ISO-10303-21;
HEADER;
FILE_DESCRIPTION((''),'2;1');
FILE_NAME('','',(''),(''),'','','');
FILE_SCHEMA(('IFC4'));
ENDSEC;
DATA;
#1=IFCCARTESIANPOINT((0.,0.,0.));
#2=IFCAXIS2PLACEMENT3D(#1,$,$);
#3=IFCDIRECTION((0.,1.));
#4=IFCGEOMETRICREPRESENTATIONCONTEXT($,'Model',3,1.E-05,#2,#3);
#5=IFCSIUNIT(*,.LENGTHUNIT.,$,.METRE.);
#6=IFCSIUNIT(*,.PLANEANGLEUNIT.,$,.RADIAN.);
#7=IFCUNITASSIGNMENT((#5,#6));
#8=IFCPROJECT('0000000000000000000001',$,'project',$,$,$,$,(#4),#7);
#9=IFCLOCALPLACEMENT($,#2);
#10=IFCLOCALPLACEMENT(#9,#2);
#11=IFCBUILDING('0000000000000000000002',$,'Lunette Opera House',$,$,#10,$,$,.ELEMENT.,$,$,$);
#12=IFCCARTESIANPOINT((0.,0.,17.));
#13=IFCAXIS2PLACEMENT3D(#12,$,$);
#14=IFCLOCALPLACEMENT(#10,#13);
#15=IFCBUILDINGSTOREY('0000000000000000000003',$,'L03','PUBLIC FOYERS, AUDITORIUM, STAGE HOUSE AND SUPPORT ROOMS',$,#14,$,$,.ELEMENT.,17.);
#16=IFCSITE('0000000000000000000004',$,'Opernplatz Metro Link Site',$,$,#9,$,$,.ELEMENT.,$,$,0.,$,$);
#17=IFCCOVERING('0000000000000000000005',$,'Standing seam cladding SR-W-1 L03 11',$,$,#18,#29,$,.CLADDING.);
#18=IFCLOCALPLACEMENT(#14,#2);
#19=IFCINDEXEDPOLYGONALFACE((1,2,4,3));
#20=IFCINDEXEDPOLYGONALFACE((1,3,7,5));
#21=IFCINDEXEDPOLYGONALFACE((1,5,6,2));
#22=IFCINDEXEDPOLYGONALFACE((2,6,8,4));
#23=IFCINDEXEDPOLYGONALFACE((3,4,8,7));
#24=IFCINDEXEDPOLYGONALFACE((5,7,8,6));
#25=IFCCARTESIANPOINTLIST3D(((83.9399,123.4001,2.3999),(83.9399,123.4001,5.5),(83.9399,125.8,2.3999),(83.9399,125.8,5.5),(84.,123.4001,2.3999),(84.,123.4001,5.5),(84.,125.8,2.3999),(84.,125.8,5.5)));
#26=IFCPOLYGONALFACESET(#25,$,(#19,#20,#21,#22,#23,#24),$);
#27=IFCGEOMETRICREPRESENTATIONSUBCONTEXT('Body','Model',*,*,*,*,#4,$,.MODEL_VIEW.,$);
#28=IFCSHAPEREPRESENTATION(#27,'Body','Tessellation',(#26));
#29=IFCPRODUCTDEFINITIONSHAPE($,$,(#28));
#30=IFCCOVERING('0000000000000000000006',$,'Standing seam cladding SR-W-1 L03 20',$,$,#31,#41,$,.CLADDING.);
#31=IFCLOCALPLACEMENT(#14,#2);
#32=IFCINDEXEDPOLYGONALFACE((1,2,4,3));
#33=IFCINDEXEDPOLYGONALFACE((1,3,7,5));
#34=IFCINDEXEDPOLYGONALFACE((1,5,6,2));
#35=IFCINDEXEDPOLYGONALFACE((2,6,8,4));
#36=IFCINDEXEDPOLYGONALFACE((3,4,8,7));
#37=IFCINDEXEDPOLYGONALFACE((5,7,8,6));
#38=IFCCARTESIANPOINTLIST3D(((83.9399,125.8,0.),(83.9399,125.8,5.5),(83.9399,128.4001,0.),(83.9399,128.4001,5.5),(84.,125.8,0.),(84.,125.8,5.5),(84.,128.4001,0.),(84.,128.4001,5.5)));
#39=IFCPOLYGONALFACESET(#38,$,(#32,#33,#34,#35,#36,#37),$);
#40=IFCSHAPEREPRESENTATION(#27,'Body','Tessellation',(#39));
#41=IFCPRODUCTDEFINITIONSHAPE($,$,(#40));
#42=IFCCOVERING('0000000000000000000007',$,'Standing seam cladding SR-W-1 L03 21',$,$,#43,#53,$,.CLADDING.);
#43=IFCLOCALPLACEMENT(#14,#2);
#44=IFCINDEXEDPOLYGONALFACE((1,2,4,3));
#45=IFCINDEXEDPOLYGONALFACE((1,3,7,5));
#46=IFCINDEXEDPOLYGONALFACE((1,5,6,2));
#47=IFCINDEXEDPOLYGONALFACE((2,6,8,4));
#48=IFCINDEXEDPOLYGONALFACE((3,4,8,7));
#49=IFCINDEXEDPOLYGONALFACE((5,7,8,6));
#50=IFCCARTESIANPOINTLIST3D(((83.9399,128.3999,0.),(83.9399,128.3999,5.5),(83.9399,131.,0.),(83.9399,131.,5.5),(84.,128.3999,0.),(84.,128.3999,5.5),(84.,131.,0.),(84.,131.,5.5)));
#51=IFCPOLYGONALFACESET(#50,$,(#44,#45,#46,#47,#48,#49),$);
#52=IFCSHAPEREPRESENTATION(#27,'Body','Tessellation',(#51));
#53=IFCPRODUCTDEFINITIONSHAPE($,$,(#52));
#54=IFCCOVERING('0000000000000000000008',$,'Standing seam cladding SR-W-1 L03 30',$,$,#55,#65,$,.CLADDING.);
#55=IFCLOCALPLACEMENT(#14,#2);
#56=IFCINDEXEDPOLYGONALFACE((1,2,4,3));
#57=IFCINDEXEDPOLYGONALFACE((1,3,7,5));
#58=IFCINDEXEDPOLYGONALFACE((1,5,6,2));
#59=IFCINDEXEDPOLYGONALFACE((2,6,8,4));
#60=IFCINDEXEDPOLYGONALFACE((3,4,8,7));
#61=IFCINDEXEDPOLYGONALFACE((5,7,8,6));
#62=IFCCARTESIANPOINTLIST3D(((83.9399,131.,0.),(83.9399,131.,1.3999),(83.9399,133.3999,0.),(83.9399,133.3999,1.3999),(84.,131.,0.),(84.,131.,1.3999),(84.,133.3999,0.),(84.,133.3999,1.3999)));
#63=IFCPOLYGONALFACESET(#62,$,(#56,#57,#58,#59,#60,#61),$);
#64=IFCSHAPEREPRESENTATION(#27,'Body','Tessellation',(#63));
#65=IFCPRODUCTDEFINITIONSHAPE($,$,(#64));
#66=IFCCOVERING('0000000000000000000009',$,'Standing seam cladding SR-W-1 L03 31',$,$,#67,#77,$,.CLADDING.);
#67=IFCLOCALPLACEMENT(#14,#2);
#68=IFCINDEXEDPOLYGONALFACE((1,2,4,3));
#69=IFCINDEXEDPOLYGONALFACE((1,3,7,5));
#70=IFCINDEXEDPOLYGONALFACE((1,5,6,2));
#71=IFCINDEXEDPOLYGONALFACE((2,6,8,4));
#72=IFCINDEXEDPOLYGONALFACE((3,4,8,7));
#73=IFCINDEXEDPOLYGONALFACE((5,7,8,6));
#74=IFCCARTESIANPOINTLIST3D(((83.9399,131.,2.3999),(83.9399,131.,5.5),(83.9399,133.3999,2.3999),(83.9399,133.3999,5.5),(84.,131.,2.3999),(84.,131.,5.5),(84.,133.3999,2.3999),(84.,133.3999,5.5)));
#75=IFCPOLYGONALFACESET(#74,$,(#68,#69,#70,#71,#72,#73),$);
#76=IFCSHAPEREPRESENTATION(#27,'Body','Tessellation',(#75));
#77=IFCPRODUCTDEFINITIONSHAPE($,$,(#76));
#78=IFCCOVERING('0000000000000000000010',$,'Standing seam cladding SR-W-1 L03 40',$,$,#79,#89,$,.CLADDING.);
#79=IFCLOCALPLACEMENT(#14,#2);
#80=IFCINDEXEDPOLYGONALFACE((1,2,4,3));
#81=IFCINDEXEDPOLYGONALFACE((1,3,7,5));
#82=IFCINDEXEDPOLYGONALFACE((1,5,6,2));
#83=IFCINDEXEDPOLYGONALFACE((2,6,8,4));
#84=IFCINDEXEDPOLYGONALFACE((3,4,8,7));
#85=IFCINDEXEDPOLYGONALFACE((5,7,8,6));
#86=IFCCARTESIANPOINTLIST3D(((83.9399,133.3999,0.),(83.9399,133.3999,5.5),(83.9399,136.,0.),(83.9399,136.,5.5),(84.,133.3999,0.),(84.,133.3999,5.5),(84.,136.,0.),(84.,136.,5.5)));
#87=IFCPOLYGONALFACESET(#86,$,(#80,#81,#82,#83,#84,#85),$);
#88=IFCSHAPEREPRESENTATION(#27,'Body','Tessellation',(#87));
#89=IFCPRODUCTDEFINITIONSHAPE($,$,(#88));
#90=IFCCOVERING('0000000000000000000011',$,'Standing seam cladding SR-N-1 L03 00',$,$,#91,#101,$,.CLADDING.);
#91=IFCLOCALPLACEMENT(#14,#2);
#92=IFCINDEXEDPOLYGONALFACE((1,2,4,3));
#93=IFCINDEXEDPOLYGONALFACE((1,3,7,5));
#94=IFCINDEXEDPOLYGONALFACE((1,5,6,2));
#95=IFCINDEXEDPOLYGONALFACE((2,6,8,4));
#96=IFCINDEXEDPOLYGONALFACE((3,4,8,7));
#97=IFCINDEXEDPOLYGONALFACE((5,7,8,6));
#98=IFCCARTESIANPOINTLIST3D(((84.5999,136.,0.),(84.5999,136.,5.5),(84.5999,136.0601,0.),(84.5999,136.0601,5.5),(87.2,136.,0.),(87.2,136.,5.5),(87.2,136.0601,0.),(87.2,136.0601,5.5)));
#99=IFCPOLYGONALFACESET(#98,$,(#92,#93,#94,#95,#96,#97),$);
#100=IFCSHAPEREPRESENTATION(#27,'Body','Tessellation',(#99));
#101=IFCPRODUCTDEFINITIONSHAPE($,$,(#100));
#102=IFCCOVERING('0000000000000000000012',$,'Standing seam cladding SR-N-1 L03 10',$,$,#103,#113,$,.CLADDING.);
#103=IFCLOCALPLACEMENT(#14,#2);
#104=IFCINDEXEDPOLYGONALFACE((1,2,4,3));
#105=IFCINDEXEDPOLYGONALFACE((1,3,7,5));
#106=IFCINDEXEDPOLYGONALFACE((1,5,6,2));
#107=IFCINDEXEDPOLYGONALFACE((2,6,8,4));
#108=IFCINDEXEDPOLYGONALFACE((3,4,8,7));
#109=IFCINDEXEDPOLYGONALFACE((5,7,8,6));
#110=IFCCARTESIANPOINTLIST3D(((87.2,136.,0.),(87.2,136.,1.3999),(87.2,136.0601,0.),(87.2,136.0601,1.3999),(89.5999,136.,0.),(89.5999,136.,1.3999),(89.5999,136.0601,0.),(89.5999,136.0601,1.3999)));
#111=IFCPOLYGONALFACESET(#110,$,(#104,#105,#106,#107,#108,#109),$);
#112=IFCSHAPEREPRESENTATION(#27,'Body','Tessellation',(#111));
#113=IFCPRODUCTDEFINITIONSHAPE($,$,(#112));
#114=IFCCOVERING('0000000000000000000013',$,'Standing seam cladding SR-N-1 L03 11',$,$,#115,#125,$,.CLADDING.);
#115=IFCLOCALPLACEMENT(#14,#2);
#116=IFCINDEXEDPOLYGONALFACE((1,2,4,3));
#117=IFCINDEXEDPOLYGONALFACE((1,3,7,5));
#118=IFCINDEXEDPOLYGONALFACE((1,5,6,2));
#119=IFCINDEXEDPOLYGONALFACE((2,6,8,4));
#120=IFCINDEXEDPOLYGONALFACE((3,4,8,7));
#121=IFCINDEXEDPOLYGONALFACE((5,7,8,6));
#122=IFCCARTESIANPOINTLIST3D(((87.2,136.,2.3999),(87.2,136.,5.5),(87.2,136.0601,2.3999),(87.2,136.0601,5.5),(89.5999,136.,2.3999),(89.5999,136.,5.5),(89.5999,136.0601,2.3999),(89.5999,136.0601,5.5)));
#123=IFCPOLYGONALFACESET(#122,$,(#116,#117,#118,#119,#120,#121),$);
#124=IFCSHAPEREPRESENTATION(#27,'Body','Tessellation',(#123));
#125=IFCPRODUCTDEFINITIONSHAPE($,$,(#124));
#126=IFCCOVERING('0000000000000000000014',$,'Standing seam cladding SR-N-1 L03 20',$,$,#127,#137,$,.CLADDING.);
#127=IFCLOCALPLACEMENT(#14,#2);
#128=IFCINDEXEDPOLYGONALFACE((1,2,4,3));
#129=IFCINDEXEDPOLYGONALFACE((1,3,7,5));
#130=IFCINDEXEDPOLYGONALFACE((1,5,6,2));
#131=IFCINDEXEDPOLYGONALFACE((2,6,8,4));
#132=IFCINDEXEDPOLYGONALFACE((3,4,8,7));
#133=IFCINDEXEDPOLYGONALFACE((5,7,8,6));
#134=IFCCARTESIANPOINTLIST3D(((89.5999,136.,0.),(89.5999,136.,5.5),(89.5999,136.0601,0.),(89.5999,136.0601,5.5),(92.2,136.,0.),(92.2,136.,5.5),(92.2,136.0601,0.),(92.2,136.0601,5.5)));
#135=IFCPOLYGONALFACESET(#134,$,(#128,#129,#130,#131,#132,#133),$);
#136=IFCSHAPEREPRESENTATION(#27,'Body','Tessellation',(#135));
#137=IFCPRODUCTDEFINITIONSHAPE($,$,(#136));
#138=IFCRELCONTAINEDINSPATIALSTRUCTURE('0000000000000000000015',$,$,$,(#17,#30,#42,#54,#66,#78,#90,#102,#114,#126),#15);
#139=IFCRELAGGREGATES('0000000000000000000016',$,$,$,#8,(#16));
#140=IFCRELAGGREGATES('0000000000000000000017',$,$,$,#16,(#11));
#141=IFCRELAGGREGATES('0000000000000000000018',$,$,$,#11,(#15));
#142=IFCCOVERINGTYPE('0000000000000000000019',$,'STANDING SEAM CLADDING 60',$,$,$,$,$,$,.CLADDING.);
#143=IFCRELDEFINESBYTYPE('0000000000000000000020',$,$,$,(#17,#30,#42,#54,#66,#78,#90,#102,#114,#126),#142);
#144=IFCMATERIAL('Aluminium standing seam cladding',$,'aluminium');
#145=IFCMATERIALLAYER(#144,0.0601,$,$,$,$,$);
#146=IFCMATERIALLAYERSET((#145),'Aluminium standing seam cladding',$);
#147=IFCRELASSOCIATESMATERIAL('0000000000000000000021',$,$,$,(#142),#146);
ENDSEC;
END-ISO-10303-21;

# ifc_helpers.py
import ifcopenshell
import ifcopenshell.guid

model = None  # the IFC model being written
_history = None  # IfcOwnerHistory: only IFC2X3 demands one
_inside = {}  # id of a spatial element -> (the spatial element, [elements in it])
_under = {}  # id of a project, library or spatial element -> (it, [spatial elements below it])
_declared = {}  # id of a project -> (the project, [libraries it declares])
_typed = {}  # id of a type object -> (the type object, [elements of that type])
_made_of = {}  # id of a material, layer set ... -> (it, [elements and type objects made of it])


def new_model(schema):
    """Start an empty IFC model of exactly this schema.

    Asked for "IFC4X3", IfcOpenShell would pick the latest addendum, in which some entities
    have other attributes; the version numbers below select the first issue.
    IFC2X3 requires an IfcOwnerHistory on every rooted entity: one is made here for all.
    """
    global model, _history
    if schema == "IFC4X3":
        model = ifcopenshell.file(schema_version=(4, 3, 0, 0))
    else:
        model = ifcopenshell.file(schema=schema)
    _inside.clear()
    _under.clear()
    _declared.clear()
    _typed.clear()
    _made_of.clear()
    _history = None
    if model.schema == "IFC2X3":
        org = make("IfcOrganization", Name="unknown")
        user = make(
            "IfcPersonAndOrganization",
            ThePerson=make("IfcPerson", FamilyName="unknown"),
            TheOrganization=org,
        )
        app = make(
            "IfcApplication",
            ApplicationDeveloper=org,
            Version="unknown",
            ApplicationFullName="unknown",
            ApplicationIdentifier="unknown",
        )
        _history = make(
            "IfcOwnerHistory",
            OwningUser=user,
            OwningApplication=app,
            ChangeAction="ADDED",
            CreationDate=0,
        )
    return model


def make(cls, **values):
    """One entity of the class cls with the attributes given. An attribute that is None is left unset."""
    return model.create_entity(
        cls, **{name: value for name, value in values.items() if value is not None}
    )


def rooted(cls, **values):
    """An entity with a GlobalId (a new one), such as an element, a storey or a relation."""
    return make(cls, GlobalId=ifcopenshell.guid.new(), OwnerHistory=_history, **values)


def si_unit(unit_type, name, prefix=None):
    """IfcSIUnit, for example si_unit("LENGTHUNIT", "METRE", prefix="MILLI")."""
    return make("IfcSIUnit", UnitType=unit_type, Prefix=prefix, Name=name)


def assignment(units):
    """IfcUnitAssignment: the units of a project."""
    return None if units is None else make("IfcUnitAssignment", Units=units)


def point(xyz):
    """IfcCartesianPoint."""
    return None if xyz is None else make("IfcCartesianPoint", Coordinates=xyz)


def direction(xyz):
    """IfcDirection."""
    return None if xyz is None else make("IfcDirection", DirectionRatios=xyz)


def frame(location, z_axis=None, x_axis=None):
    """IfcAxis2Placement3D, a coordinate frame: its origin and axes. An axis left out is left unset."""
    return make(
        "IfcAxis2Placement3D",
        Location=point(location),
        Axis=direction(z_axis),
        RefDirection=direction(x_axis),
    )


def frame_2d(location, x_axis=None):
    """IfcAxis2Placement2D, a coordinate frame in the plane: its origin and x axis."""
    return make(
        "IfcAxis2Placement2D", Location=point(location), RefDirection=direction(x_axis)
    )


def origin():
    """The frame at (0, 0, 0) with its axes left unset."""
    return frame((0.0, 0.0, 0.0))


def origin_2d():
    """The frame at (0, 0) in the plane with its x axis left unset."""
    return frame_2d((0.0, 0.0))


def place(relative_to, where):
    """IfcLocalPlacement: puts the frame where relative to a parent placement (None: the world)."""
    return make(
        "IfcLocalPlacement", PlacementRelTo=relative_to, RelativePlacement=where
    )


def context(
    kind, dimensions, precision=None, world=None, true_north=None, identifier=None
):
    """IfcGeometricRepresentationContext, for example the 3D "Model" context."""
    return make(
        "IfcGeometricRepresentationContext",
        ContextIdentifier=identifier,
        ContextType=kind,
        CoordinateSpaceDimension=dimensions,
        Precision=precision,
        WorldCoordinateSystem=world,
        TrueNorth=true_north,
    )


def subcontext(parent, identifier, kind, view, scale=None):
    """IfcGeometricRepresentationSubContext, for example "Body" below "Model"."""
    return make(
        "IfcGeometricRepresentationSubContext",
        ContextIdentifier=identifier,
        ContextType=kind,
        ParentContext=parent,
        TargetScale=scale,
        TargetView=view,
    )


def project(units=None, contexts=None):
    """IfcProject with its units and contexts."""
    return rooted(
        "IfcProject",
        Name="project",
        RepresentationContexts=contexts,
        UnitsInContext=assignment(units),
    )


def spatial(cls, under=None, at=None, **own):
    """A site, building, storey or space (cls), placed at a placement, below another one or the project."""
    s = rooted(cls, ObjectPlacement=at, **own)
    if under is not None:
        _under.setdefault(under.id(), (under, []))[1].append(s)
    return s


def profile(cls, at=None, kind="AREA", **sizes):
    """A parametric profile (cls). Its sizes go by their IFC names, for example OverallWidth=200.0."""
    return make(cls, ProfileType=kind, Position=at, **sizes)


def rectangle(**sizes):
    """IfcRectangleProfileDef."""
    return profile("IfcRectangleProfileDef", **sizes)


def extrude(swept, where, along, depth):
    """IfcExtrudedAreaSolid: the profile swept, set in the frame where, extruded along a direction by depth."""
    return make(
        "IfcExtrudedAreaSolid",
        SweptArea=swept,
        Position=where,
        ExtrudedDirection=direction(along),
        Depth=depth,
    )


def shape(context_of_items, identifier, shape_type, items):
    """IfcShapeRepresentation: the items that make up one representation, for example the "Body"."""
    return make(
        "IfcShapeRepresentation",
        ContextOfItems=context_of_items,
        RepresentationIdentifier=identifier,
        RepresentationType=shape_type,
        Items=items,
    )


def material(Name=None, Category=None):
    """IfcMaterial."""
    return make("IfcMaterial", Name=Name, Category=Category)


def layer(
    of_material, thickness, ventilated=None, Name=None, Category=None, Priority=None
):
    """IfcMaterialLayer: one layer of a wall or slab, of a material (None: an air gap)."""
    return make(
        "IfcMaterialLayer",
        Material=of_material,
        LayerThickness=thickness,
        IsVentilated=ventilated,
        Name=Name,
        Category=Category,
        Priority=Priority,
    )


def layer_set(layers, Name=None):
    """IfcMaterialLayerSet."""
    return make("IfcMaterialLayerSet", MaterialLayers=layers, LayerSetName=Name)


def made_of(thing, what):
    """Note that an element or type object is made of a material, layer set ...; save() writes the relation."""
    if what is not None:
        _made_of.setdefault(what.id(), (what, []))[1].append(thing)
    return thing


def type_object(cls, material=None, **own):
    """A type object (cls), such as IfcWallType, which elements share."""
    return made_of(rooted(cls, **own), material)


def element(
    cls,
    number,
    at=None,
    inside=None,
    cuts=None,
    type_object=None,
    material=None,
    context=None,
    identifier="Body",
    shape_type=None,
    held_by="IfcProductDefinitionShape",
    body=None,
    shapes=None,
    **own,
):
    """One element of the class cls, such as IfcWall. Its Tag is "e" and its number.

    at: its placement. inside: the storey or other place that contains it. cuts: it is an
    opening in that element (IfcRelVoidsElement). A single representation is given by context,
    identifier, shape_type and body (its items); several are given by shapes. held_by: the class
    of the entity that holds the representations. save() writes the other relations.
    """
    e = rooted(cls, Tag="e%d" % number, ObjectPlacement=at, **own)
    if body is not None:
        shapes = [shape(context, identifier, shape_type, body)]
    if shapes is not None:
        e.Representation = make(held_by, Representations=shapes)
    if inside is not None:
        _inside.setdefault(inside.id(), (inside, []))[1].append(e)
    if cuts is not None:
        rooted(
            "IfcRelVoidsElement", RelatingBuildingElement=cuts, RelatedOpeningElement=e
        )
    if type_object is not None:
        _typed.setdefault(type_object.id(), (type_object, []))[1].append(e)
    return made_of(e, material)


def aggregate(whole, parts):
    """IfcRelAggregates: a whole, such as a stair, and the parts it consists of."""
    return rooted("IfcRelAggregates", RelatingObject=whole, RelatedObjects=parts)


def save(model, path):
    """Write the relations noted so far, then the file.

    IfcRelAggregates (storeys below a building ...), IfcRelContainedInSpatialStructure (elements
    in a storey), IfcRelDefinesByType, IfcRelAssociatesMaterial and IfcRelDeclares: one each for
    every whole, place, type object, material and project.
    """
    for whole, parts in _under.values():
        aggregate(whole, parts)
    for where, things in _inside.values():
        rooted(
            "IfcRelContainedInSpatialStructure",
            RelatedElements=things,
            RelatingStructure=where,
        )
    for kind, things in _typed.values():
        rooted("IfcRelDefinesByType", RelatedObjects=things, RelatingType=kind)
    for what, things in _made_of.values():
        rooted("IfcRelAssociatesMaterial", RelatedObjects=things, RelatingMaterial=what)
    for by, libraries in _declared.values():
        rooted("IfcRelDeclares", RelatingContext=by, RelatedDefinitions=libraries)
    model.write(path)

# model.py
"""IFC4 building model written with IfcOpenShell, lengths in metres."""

from ifc_helpers import new_model, si_unit, direction, frame, origin, origin_2d, place, context, subcontext, project, spatial, rectangle, extrude, material, layer, layer_set, type_object, element, save


model = new_model("IFC4")

# Units and contexts
model_context = context("Model", 3, precision=1e-05, world=origin(), true_north=direction((0.0, 1.0)))
body_context = subcontext(model_context, "Body", "Model", "MODEL_VIEW")
ifc_project = project(units=[si_unit("LENGTHUNIT", "METRE"), si_unit("PLANEANGLEUNIT", "RADIAN")], contexts=[model_context])

# Site, building, storey
site_placement = place(None, origin())
site = spatial("IfcSite", under=ifc_project, at=site_placement, Name="Opernplatz Metro Link Site", CompositionType="ELEMENT", RefElevation=0.0)
building_placement = place(site_placement, origin())
building = spatial("IfcBuilding", under=site, at=building_placement, Name="Lunette Opera House", CompositionType="ELEMENT")
storey_placement = place(building_placement, frame((0.0, 0.0, 17.0)))
storey = spatial("IfcBuildingStorey", under=building, at=storey_placement, Name="L03", Description="PUBLIC FOYERS, AUDITORIUM, STAGE HOUSE AND SUPPORT ROOMS", CompositionType="ELEMENT", Elevation=17.0)

# Coverings
ifc_material_1 = material(Name="Aluminium standing seam cladding", Category="aluminium")
ifc_layer_1 = layer(ifc_material_1, 0.0601)
ifc_layer_set_1 = layer_set([ifc_layer_1], Name="Aluminium standing seam cladding")
covering_type = type_object("IfcCoveringType", Name="STANDING SEAM CLADDING 60", PredefinedType="CLADDING", material=ifc_layer_set_1)
covering_1_placement = place(storey_placement, frame((83.97, 124.6001, 2.3999), z_axis=(0.0, 0.0, 1.0), x_axis=(0.0, 1.0, 0.0)))
element("IfcCovering", 1, at=covering_1_placement, inside=storey, type_object=covering_type, Name="Standing seam cladding SR-W-1 L03 11", PredefinedType="CLADDING", context=body_context, shape_type="SweptSolid", body=[
    extrude(rectangle(XDim=2.3999, YDim=0.0601, at=origin_2d()), origin(), (0.0, 0.0, 1.0), 3.1001),
])
for number, where, z_axis, x_axis, name in (
    (2, (83.97, 127.1001, 0.0), (0.0, 0.0, 1.0), (0.0, 1.0, 0.0), "Standing seam cladding SR-W-1 L03 20"),
    (3, (83.97, 129.7, 0.0), (0.0, 0.0, 1.0), (0.0, 1.0, 0.0), "Standing seam cladding SR-W-1 L03 21"),
):
    element("IfcCovering", number, at=place(storey_placement, frame(where, z_axis=z_axis, x_axis=x_axis)), inside=storey, type_object=covering_type, Name=name, PredefinedType="CLADDING", context=body_context, shape_type="SweptSolid", body=[
        extrude(rectangle(XDim=2.6001, YDim=0.0601, at=origin_2d()), origin(), (0.0, 0.0, 1.0), 5.5),
    ])
covering_2_placement = place(storey_placement, frame((83.97, 132.2, 0.0), z_axis=(0.0, 0.0, 1.0), x_axis=(0.0, 1.0, 0.0)))
element("IfcCovering", 4, at=covering_2_placement, inside=storey, type_object=covering_type, Name="Standing seam cladding SR-W-1 L03 30", PredefinedType="CLADDING", context=body_context, shape_type="SweptSolid", body=[
    extrude(rectangle(XDim=2.3999, YDim=0.0601, at=origin_2d()), origin(), (0.0, 0.0, 1.0), 1.3999),
])
covering_3_placement = place(storey_placement, frame((83.97, 132.2, 2.3999), z_axis=(0.0, 0.0, 1.0), x_axis=(0.0, 1.0, 0.0)))
element("IfcCovering", 5, at=covering_3_placement, inside=storey, type_object=covering_type, Name="Standing seam cladding SR-W-1 L03 31", PredefinedType="CLADDING", context=body_context, shape_type="SweptSolid", body=[
    extrude(rectangle(XDim=2.3999, YDim=0.0601, at=origin_2d()), origin(), (0.0, 0.0, 1.0), 3.1001),
])
for number, where, z_axis, x_axis, name in (
    (6, (83.97, 134.7, 0.0), (0.0, 0.0, 1.0), (0.0, 1.0, 0.0), "Standing seam cladding SR-W-1 L03 40"),
    (7, (85.8999, 136.03, 0.0), (0.0, 0.0, 1.0), (1.0, 0.0, 0.0), "Standing seam cladding SR-N-1 L03 00"),
):
    element("IfcCovering", number, at=place(storey_placement, frame(where, z_axis=z_axis, x_axis=x_axis)), inside=storey, type_object=covering_type, Name=name, PredefinedType="CLADDING", context=body_context, shape_type="SweptSolid", body=[
        extrude(rectangle(XDim=2.6001, YDim=0.0601, at=origin_2d()), origin(), (0.0, 0.0, 1.0), 5.5),
    ])
covering_4_placement = place(storey_placement, frame((88.3999, 136.03, 0.0), z_axis=(0.0, 0.0, 1.0), x_axis=(1.0, 0.0, 0.0)))
element("IfcCovering", 8, at=covering_4_placement, inside=storey, type_object=covering_type, Name="Standing seam cladding SR-N-1 L03 10", PredefinedType="CLADDING", context=body_context, shape_type="SweptSolid", body=[
    extrude(rectangle(XDim=2.3999, YDim=0.0601, at=origin_2d()), origin(), (0.0, 0.0, 1.0), 1.3999),
])
covering_5_placement = place(storey_placement, frame((88.3999, 136.03, 2.3999), z_axis=(0.0, 0.0, 1.0), x_axis=(1.0, 0.0, 0.0)))
element("IfcCovering", 9, at=covering_5_placement, inside=storey, type_object=covering_type, Name="Standing seam cladding SR-N-1 L03 11", PredefinedType="CLADDING", context=body_context, shape_type="SweptSolid", body=[
    extrude(rectangle(XDim=2.3999, YDim=0.0601, at=origin_2d()), origin(), (0.0, 0.0, 1.0), 3.1001),
])
covering_6_placement = place(storey_placement, frame((90.8999, 136.03, 0.0), z_axis=(0.0, 0.0, 1.0), x_axis=(1.0, 0.0, 0.0)))
element("IfcCovering", 10, at=covering_6_placement, inside=storey, type_object=covering_type, Name="Standing seam cladding SR-N-1 L03 20", PredefinedType="CLADDING", context=body_context, shape_type="SweptSolid", body=[
    extrude(rectangle(XDim=2.6001, YDim=0.0601, at=origin_2d()), origin(), (0.0, 0.0, 1.0), 5.5),
])

save(model, "model.ifc")
